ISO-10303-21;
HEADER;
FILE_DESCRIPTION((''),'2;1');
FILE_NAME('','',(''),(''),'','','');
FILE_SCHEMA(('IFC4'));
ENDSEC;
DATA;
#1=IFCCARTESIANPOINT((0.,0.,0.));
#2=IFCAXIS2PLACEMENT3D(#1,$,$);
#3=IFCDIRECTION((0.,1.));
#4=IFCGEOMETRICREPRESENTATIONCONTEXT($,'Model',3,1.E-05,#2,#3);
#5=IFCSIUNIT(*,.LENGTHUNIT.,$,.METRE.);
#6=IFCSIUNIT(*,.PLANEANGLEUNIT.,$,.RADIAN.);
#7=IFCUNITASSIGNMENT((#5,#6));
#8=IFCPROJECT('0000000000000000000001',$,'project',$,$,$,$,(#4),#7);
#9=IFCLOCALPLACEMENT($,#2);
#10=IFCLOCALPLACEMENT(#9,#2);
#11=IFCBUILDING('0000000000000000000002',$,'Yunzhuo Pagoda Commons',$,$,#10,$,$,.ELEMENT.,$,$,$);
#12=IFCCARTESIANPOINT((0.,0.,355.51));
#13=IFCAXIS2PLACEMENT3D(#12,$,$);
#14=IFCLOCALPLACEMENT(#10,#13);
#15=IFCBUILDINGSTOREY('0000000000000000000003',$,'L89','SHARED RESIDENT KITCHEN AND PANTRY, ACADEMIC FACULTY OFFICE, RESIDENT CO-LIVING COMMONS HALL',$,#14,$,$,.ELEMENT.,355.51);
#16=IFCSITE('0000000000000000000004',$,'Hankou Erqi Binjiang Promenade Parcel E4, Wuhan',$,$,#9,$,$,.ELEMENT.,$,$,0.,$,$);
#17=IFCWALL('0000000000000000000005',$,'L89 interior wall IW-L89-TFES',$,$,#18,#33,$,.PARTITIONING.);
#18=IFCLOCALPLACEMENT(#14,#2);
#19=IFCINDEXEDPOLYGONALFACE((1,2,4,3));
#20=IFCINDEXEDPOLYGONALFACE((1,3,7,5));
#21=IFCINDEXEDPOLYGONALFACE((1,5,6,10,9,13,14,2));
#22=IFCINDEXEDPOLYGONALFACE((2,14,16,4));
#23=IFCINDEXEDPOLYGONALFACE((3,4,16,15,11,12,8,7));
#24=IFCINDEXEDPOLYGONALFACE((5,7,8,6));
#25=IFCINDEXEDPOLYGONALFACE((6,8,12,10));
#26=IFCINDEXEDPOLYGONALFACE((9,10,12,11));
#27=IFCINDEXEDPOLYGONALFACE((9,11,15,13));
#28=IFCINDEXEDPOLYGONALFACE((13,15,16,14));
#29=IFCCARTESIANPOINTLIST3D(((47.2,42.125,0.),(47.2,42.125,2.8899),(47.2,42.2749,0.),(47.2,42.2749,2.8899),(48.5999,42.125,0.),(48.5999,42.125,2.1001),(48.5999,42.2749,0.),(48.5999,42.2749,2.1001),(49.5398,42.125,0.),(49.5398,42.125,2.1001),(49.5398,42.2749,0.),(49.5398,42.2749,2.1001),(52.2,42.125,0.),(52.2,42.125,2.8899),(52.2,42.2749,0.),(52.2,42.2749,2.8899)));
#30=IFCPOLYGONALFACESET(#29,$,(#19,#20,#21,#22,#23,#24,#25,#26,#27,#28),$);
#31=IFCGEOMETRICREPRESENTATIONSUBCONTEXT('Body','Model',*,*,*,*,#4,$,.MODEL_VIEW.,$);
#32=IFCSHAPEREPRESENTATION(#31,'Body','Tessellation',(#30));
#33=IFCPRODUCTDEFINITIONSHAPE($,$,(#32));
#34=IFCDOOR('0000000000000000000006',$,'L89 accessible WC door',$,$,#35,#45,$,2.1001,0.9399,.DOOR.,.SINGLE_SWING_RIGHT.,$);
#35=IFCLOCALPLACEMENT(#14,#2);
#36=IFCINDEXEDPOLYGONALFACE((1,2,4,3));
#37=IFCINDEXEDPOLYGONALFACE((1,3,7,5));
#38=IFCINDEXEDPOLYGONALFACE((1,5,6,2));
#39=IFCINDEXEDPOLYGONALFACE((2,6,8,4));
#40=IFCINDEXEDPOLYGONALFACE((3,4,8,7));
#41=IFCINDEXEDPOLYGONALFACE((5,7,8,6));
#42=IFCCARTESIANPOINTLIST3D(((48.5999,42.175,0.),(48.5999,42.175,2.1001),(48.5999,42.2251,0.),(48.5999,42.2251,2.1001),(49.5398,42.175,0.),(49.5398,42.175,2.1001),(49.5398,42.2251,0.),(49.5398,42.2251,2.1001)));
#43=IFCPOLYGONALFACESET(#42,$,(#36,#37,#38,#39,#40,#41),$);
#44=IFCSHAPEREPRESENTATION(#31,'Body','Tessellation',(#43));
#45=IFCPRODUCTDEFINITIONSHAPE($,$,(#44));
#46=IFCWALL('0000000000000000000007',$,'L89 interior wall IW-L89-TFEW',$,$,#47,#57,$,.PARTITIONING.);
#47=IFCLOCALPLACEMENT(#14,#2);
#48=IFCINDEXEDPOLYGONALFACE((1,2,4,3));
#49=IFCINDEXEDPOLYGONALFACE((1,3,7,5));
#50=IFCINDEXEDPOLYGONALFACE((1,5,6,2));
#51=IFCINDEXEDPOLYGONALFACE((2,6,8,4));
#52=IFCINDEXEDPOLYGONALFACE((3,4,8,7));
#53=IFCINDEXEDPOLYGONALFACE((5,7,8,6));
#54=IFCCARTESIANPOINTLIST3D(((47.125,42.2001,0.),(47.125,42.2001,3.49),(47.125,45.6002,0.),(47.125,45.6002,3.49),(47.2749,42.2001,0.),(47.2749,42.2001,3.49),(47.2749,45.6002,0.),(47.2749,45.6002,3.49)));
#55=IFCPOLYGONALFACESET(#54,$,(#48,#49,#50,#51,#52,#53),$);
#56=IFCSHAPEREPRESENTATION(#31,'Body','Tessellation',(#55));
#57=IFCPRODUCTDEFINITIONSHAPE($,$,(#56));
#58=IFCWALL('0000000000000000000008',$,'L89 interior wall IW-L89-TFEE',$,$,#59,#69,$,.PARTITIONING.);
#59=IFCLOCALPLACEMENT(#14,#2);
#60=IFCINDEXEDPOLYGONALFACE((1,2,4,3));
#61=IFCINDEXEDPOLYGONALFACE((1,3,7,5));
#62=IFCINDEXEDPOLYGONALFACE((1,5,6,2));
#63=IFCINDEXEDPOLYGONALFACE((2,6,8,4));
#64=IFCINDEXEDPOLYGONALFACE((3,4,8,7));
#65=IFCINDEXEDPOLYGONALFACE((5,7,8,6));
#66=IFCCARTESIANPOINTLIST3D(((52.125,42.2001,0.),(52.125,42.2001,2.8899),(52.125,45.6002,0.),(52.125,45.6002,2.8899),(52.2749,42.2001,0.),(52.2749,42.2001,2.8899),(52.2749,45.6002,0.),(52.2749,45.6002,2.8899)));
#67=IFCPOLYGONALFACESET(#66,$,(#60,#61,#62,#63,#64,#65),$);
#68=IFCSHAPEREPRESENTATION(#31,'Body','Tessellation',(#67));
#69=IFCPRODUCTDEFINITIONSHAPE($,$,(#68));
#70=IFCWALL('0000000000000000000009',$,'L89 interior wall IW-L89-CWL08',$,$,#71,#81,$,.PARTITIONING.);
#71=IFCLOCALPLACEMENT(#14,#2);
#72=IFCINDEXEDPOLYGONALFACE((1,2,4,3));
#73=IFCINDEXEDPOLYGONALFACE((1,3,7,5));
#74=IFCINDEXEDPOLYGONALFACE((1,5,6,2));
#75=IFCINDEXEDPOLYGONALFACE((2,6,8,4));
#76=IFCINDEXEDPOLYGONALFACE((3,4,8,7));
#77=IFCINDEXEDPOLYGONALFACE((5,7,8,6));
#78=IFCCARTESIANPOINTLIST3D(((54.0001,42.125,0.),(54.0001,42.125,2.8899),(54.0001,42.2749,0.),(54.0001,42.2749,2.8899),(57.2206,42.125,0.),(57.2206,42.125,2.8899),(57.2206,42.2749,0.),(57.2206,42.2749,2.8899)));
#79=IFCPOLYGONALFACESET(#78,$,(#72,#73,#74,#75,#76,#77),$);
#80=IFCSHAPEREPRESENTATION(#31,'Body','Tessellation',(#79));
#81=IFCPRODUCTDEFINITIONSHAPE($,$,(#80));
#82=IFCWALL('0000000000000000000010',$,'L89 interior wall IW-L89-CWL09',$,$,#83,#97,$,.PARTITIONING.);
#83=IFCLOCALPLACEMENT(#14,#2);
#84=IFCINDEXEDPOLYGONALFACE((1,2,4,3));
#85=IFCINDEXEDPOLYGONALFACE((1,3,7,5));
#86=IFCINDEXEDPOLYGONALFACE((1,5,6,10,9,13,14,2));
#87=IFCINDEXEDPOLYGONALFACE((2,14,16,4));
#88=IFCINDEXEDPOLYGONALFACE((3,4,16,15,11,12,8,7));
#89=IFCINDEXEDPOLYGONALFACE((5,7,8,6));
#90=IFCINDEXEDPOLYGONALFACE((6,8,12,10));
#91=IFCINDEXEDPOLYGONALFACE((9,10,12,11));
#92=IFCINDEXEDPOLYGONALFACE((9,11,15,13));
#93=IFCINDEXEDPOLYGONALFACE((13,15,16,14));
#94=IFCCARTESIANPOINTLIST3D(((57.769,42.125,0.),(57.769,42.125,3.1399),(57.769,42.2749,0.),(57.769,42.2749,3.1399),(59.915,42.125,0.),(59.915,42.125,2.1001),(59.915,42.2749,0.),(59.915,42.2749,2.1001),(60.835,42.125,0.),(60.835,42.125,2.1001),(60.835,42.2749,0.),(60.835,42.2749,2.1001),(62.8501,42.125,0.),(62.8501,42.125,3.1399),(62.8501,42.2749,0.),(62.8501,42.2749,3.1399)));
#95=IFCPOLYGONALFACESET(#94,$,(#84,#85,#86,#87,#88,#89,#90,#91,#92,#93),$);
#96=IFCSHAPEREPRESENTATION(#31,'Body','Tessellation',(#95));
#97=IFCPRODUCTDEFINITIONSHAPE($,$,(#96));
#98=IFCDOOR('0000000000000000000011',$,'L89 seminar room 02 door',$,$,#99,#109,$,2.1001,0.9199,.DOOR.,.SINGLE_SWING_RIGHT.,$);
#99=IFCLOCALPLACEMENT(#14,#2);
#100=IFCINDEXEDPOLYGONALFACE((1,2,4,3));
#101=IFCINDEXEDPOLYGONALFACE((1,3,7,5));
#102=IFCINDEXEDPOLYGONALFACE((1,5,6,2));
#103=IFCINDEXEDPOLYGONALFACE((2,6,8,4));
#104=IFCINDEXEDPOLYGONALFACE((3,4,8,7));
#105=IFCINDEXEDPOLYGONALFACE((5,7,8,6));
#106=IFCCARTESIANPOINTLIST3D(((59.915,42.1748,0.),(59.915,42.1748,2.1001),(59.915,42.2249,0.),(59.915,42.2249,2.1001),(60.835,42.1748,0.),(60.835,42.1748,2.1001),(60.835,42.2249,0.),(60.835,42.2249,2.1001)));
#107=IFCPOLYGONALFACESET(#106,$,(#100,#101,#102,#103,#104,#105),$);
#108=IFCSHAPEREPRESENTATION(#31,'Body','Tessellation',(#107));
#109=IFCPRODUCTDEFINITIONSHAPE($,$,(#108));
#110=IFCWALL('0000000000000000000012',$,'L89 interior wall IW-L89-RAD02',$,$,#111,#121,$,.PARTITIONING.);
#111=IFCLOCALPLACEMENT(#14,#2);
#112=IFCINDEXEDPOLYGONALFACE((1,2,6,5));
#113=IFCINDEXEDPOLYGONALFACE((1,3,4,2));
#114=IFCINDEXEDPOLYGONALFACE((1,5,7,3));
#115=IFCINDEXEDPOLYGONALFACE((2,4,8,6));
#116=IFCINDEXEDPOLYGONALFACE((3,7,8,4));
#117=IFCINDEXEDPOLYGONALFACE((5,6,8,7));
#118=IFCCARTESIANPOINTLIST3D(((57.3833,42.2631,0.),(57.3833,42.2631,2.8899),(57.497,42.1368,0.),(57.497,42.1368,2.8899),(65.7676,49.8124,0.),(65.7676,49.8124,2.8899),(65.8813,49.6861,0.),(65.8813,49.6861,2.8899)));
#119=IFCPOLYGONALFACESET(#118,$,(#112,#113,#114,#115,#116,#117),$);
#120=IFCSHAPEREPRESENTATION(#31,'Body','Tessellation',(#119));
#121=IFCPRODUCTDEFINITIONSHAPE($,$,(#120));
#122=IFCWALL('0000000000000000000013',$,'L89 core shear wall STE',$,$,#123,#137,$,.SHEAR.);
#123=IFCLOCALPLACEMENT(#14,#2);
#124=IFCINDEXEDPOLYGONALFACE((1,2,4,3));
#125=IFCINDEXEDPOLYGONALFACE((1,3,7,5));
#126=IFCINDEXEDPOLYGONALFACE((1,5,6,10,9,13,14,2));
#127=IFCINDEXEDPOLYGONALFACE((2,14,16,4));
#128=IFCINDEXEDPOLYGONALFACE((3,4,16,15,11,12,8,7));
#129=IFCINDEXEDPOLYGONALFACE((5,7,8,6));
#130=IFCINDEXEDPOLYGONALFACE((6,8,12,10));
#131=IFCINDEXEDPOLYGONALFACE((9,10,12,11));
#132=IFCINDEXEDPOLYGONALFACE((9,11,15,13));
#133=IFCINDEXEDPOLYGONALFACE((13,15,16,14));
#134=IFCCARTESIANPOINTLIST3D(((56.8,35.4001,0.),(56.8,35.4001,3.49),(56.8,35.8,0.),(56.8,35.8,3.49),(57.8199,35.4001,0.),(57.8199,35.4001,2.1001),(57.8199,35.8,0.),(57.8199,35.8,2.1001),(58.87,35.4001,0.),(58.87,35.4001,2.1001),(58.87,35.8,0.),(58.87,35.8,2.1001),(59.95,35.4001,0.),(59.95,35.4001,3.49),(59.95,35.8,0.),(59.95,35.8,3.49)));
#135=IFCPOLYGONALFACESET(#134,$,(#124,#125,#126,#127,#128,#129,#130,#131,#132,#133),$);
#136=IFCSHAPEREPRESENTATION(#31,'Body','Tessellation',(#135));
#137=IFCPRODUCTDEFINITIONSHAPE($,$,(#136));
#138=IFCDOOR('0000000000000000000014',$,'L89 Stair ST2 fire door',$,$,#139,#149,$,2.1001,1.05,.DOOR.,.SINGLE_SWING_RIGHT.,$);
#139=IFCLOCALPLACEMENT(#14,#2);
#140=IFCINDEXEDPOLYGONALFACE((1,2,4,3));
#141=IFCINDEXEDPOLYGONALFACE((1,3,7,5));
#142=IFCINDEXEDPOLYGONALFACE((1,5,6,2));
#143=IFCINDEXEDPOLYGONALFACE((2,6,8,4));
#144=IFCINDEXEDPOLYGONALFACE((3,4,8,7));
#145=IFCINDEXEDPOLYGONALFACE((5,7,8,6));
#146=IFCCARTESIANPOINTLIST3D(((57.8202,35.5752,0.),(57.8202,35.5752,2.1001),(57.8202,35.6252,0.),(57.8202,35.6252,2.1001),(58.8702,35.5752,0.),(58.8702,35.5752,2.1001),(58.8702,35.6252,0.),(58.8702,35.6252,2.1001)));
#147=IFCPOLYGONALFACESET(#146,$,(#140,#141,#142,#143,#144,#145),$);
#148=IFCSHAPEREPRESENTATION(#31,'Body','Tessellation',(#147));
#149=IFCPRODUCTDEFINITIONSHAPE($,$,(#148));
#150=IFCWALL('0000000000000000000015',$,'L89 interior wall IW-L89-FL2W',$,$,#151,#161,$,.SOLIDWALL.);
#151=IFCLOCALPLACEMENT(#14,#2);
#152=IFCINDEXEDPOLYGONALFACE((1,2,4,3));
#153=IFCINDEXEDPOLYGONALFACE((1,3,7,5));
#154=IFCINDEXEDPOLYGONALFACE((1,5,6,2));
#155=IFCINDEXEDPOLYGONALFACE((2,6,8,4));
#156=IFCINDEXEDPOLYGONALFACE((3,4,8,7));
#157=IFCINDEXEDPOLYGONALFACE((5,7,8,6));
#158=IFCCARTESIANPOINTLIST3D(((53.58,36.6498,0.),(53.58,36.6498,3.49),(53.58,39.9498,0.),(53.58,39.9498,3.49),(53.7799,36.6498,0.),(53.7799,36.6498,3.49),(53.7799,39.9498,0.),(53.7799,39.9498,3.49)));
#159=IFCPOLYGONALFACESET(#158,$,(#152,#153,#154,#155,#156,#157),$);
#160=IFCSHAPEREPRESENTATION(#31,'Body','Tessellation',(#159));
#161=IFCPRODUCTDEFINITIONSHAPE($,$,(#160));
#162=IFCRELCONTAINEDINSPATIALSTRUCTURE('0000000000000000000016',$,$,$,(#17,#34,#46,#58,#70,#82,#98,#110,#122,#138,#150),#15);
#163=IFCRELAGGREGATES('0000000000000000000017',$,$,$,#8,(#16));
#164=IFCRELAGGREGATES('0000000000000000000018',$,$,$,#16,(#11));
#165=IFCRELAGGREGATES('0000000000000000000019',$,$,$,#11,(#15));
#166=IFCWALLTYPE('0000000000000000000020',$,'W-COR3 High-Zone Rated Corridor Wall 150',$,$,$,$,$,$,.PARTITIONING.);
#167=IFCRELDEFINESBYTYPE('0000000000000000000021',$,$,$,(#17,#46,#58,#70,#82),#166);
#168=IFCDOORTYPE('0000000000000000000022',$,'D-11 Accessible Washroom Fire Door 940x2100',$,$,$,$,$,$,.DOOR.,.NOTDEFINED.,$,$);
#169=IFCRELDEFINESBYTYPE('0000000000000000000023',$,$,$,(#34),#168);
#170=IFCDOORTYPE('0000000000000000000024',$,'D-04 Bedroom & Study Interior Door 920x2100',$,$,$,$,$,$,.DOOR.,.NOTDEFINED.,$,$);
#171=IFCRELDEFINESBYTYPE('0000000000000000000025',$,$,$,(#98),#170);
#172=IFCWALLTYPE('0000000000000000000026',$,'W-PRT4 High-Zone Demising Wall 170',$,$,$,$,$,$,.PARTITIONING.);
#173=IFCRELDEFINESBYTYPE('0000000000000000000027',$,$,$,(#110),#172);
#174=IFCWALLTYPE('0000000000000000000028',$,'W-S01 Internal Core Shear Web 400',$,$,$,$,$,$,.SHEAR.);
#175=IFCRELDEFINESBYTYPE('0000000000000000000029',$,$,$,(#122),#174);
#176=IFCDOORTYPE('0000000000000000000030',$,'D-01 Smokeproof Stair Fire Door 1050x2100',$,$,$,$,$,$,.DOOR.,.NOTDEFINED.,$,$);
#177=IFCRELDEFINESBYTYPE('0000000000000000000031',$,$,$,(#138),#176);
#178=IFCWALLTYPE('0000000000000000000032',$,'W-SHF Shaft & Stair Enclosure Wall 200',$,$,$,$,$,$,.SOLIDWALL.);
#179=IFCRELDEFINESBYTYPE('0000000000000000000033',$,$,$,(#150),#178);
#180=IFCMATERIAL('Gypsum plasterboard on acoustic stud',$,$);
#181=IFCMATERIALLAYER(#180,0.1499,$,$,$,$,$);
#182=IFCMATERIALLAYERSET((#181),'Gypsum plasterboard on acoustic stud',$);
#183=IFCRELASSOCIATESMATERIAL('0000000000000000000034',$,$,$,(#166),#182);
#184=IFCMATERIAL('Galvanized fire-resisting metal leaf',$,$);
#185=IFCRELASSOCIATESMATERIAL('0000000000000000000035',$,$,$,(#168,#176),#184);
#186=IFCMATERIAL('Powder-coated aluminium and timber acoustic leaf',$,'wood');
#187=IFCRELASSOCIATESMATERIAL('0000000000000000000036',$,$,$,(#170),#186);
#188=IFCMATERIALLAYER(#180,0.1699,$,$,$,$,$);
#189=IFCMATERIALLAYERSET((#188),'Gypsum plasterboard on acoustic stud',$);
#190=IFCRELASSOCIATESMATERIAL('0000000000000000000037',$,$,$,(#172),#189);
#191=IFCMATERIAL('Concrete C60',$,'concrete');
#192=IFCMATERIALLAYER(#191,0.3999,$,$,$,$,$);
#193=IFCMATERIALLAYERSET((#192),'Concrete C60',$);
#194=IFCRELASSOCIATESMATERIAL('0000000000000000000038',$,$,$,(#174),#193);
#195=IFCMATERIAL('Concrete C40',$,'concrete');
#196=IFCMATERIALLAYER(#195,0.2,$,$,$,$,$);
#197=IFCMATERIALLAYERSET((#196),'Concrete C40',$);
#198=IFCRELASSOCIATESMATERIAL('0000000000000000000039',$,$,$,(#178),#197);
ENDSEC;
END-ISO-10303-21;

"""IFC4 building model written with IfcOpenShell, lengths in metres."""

from ifc_helpers import new_model, si_unit, direction, frame, frame_2d, origin, origin_with_axes, place, context, subcontext, project, spatial, rectangle, extrude, source, transform, mapped, material, layer, layer_set, type_object, element, fill, save


model = new_model("IFC4")

# Units and contexts
model_context = context("Model", 3, precision=1e-05, world=origin(), true_north=direction((0.0, 1.0)))
body_context = subcontext(model_context, "Body", "Model", "MODEL_VIEW")
ifc_project = project(units=[si_unit("LENGTHUNIT", "METRE"), si_unit("PLANEANGLEUNIT", "RADIAN")], contexts=[model_context])

# Site, building, storey
site_placement = place(None, origin())
site = spatial("IfcSite", under=ifc_project, at=site_placement, Name="Hankou Erqi Binjiang Promenade Parcel E4, Wuhan", CompositionType="ELEMENT", RefElevation=0.0)
building_placement = place(site_placement, origin())
building = spatial("IfcBuilding", under=site, at=building_placement, Name="Yunzhuo Pagoda Commons", CompositionType="ELEMENT")
storey_placement = place(building_placement, frame((0.0, 0.0, 355.51)))
storey = spatial("IfcBuildingStorey", under=building, at=storey_placement, Name="L89", Description="SHARED RESIDENT KITCHEN AND PANTRY, ACADEMIC FACULTY OFFICE, RESIDENT CO-LIVING COMMONS HALL", CompositionType="ELEMENT", Elevation=355.51)

# Wall, opening, door
ifc_material_1 = material(Name="Galvanized fire-resisting metal leaf")
shared_shape_1 = source(origin(), body_context, "Body", "SweptSolid", [
    extrude(rectangle(XDim=1.05, YDim=2.1001, at=frame_2d((0.5249, 1.05))), frame((0.0, 0.0249, 0.0), z_axis=(0.0, -1.0, 0.0), x_axis=(1.0, 0.0, 0.0)), (0.0, 0.0, 1.0), 0.05),
])
ifc_material_2 = material(Name="Gypsum plasterboard on acoustic stud")
ifc_layer_1 = layer(ifc_material_2, 0.1499)
ifc_layer_set_1 = layer_set([ifc_layer_1], Name="Gypsum plasterboard on acoustic stud")
wall_type_1 = type_object("IfcWallType", Name="W-COR3 High-Zone Rated Corridor Wall 150", PredefinedType="PARTITIONING", material=ifc_layer_set_1)
wall_1_placement = place(storey_placement, frame((47.2, 42.2, 0.0), z_axis=(0.0, 0.0, 1.0), x_axis=(1.0, 0.0, 0.0)))
wall_1 = element("IfcWall", 1, at=wall_1_placement, inside=storey, type_object=wall_type_1, Name="L89 interior wall IW-L89-TFES", PredefinedType="PARTITIONING", context=body_context, shape_type="SweptSolid", body=[
    extrude(rectangle(XDim=5.0, YDim=0.1499, at=frame_2d((2.5, 0.0))), origin(), (0.0, 0.0, 1.0), 2.8899),
])
opening_1_placement = place(wall_1_placement, frame((1.3999, 0.0, 0.0)))
opening_1 = element("IfcOpeningElement", 2, at=opening_1_placement, cuts=wall_1, PredefinedType="OPENING", context=body_context, shape_type="SweptSolid", body=[
    extrude(rectangle(XDim=0.9399, YDim=2.1001, at=frame_2d((0.47, 1.05))), frame((0.0, 0.085, 0.0), z_axis=(0.0, -1.0, 0.0), x_axis=(1.0, 0.0, 0.0)), (0.0, 0.0, 1.0), 0.1699),
])
door_type_1 = type_object("IfcDoorType", Name="D-11 Accessible Washroom Fire Door 940x2100", OperationType="NOTDEFINED", PredefinedType="DOOR", material=ifc_material_1)
shared_shape_2 = source(origin(), body_context, "Body", "SweptSolid", [
    extrude(rectangle(XDim=0.9399, YDim=2.1001, at=frame_2d((0.47, 1.05))), frame((0.0, 0.0249, 0.0), z_axis=(0.0, -1.0, 0.0), x_axis=(1.0, 0.0, 0.0)), (0.0, 0.0, 1.0), 0.05),
])
door_1_placement = place(opening_1_placement, frame((0.9399, 0.0, 0.0), z_axis=(0.0, 0.0, 1.0), x_axis=(-1.0, 0.0, 0.0)))
door_1 = element("IfcDoor", 3, at=door_1_placement, inside=storey, type_object=door_type_1, Name="L89 accessible WC door", OperationType="SINGLE_SWING_RIGHT", OverallHeight=2.1001, OverallWidth=0.9399, PredefinedType="DOOR", context=body_context, shape_type="MappedRepresentation", body=[
    mapped(shared_shape_2, transform((0.0, 0.0, 0.0), scale=1.0)),
])
fill(opening_1, door_1)

# Walls
wall_2_placement = place(storey_placement, frame((47.2, 42.2, 0.0), z_axis=(0.0, 0.0, 1.0), x_axis=(0.0, 1.0, 0.0)))
element("IfcWall", 4, at=wall_2_placement, inside=storey, type_object=wall_type_1, Name="L89 interior wall IW-L89-TFEW", PredefinedType="PARTITIONING", context=body_context, shape_type="SweptSolid", body=[
    extrude(rectangle(XDim=3.4001, YDim=0.1499, at=frame_2d((1.7002, 0.0))), origin(), (0.0, 0.0, 1.0), 3.49),
])
wall_3_placement = place(storey_placement, frame((52.2, 42.2, 0.0), z_axis=(0.0, 0.0, 1.0), x_axis=(0.0, 1.0, 0.0)))
element("IfcWall", 5, at=wall_3_placement, inside=storey, type_object=wall_type_1, Name="L89 interior wall IW-L89-TFEE", PredefinedType="PARTITIONING", context=body_context, shape_type="SweptSolid", body=[
    extrude(rectangle(XDim=3.4001, YDim=0.1499, at=frame_2d((1.7002, 0.0))), origin(), (0.0, 0.0, 1.0), 2.8899),
])
wall_4_placement = place(storey_placement, frame((54.0, 42.2, 0.0), z_axis=(0.0, 0.0, 1.0), x_axis=(1.0, 0.0, 0.0)))
element("IfcWall", 6, at=wall_4_placement, inside=storey, type_object=wall_type_1, Name="L89 interior wall IW-L89-CWL08", PredefinedType="PARTITIONING", context=body_context, shape_type="SweptSolid", body=[
    extrude(rectangle(XDim=3.2205, YDim=0.1499, at=frame_2d((1.6104, 0.0))), origin(), (0.0, 0.0, 1.0), 2.8899),
])

# Wall, opening, door
wall_5_placement = place(storey_placement, frame((57.769, 42.2, 0.0), z_axis=(0.0, 0.0, 1.0), x_axis=(1.0, 0.0, 0.0)))
wall_5 = element("IfcWall", 7, at=wall_5_placement, inside=storey, type_object=wall_type_1, Name="L89 interior wall IW-L89-CWL09", PredefinedType="PARTITIONING", context=body_context, shape_type="SweptSolid", body=[
    extrude(rectangle(XDim=5.0811, YDim=0.1499, at=frame_2d((2.5405, 0.0))), origin(), (0.0, 0.0, 1.0), 3.1399),
])
opening_2_placement = place(wall_5_placement, frame((2.146, 0.0, 0.0)))
opening_2 = element("IfcOpeningElement", 8, at=opening_2_placement, cuts=wall_5, PredefinedType="OPENING", context=body_context, shape_type="SweptSolid", body=[
    extrude(rectangle(XDim=0.9199, YDim=2.1001, at=frame_2d((0.46, 1.05))), frame((0.0, 0.085, 0.0), z_axis=(0.0, -1.0, 0.0), x_axis=(1.0, 0.0, 0.0)), (0.0, 0.0, 1.0), 0.1699),
])
ifc_material_3 = material(Name="Powder-coated aluminium and timber acoustic leaf", Category="wood")
door_type_2 = type_object("IfcDoorType", Name="D-04 Bedroom & Study Interior Door 920x2100", OperationType="NOTDEFINED", PredefinedType="DOOR", material=ifc_material_3)
shared_shape_3 = source(origin(), body_context, "Body", "SweptSolid", [
    extrude(rectangle(XDim=0.9199, YDim=2.1001, at=frame_2d((0.46, 1.05))), frame((0.0, 0.0249, 0.0), z_axis=(0.0, -1.0, 0.0), x_axis=(1.0, 0.0, 0.0)), (0.0, 0.0, 1.0), 0.05),
])
door_2_placement = place(opening_2_placement, origin_with_axes())
door_2 = element("IfcDoor", 9, at=door_2_placement, inside=storey, type_object=door_type_2, Name="L89 seminar room 02 door", OperationType="SINGLE_SWING_RIGHT", OverallHeight=2.1001, OverallWidth=0.9199, PredefinedType="DOOR", context=body_context, shape_type="MappedRepresentation", body=[
    mapped(shared_shape_3, transform((0.0, 0.0, 0.0), scale=1.0)),
])
fill(opening_2, door_2)

# Wall
ifc_layer_2 = layer(ifc_material_2, 0.1699)
ifc_layer_set_2 = layer_set([ifc_layer_2], Name="Gypsum plasterboard on acoustic stud")
wall_type_2 = type_object("IfcWallType", Name="W-PRT4 High-Zone Demising Wall 170", PredefinedType="PARTITIONING", material=ifc_layer_set_2)
wall_6_placement = place(storey_placement, frame((57.4402, 42.2, 0.0), z_axis=(0.0, 0.0, 1.0), x_axis=(0.743141, 0.669134, 0.0)))
element("IfcWall", 10, at=wall_6_placement, inside=storey, type_object=wall_type_2, Name="L89 interior wall IW-L89-RAD02", PredefinedType="PARTITIONING", context=body_context, shape_type="SweptSolid", body=[
    extrude(rectangle(XDim=11.2822, YDim=0.1699, at=frame_2d((5.6411, 0.0))), origin(), (0.0, 0.0, 1.0), 2.8899),
])

# Wall, opening, door
ifc_material_4 = material(Name="Concrete C60", Category="concrete")
ifc_layer_3 = layer(ifc_material_4, 0.3999)
ifc_layer_set_3 = layer_set([ifc_layer_3], Name="Concrete C60")
wall_type_3 = type_object("IfcWallType", Name="W-S01 Internal Core Shear Web 400", PredefinedType="SHEAR", material=ifc_layer_set_3)
wall_7_placement = place(storey_placement, frame((56.8, 35.6001, 0.0), z_axis=(0.0, 0.0, 1.0), x_axis=(1.0, 0.0, 0.0)))
wall_7 = element("IfcWall", 11, at=wall_7_placement, inside=storey, type_object=wall_type_3, Name="L89 core shear wall STE", PredefinedType="SHEAR", context=body_context, shape_type="SweptSolid", body=[
    extrude(rectangle(XDim=3.1499, YDim=0.3999, at=frame_2d((1.575, 0.0))), origin(), (0.0, 0.0, 1.0), 3.49),
])
opening_3_placement = place(wall_7_placement, frame((1.02, 0.0, 0.0)))
opening_3 = element("IfcOpeningElement", 12, at=opening_3_placement, cuts=wall_7, PredefinedType="OPENING", context=body_context, shape_type="SweptSolid", body=[
    extrude(rectangle(XDim=1.05, YDim=2.1001, at=frame_2d((0.5249, 1.05))), frame((0.0, 0.21, 0.0), z_axis=(0.0, -1.0, 0.0), x_axis=(1.0, 0.0, 0.0)), (0.0, 0.0, 1.0), 0.4199),
])
door_type_3 = type_object("IfcDoorType", Name="D-01 Smokeproof Stair Fire Door 1050x2100", OperationType="NOTDEFINED", PredefinedType="DOOR", material=ifc_material_1)
door_3_placement = place(opening_3_placement, frame((1.05, 0.0, 0.0), z_axis=(0.0, 0.0, 1.0), x_axis=(-1.0, 0.0, 0.0)))
door_3 = element("IfcDoor", 13, at=door_3_placement, inside=storey, type_object=door_type_3, Name="L89 Stair ST2 fire door", OperationType="SINGLE_SWING_RIGHT", OverallHeight=2.1001, OverallWidth=1.05, PredefinedType="DOOR", context=body_context, shape_type="MappedRepresentation", body=[
    mapped(shared_shape_1, transform((0.0, 0.0, 0.0), scale=1.0)),
])
fill(opening_3, door_3)

# Wall
ifc_material_5 = material(Name="Concrete C40", Category="concrete")
ifc_layer_4 = layer(ifc_material_5, 0.2)
ifc_layer_set_4 = layer_set([ifc_layer_4], Name="Concrete C40")
wall_type_4 = type_object("IfcWallType", Name="W-SHF Shaft & Stair Enclosure Wall 200", PredefinedType="SOLIDWALL", material=ifc_layer_set_4)
wall_8_placement = place(storey_placement, frame((53.6799, 36.6499, 0.0), z_axis=(0.0, 0.0, 1.0), x_axis=(0.0, 1.0, 0.0)))
element("IfcWall", 14, at=wall_8_placement, inside=storey, type_object=wall_type_4, Name="L89 interior wall IW-L89-FL2W", PredefinedType="SOLIDWALL", context=body_context, shape_type="SweptSolid", body=[
    extrude(rectangle(XDim=3.3, YDim=0.2, at=frame_2d((1.6499, 0.0))), origin(), (0.0, 0.0, 1.0), 3.49),
])

save(model, "model.ifc")
